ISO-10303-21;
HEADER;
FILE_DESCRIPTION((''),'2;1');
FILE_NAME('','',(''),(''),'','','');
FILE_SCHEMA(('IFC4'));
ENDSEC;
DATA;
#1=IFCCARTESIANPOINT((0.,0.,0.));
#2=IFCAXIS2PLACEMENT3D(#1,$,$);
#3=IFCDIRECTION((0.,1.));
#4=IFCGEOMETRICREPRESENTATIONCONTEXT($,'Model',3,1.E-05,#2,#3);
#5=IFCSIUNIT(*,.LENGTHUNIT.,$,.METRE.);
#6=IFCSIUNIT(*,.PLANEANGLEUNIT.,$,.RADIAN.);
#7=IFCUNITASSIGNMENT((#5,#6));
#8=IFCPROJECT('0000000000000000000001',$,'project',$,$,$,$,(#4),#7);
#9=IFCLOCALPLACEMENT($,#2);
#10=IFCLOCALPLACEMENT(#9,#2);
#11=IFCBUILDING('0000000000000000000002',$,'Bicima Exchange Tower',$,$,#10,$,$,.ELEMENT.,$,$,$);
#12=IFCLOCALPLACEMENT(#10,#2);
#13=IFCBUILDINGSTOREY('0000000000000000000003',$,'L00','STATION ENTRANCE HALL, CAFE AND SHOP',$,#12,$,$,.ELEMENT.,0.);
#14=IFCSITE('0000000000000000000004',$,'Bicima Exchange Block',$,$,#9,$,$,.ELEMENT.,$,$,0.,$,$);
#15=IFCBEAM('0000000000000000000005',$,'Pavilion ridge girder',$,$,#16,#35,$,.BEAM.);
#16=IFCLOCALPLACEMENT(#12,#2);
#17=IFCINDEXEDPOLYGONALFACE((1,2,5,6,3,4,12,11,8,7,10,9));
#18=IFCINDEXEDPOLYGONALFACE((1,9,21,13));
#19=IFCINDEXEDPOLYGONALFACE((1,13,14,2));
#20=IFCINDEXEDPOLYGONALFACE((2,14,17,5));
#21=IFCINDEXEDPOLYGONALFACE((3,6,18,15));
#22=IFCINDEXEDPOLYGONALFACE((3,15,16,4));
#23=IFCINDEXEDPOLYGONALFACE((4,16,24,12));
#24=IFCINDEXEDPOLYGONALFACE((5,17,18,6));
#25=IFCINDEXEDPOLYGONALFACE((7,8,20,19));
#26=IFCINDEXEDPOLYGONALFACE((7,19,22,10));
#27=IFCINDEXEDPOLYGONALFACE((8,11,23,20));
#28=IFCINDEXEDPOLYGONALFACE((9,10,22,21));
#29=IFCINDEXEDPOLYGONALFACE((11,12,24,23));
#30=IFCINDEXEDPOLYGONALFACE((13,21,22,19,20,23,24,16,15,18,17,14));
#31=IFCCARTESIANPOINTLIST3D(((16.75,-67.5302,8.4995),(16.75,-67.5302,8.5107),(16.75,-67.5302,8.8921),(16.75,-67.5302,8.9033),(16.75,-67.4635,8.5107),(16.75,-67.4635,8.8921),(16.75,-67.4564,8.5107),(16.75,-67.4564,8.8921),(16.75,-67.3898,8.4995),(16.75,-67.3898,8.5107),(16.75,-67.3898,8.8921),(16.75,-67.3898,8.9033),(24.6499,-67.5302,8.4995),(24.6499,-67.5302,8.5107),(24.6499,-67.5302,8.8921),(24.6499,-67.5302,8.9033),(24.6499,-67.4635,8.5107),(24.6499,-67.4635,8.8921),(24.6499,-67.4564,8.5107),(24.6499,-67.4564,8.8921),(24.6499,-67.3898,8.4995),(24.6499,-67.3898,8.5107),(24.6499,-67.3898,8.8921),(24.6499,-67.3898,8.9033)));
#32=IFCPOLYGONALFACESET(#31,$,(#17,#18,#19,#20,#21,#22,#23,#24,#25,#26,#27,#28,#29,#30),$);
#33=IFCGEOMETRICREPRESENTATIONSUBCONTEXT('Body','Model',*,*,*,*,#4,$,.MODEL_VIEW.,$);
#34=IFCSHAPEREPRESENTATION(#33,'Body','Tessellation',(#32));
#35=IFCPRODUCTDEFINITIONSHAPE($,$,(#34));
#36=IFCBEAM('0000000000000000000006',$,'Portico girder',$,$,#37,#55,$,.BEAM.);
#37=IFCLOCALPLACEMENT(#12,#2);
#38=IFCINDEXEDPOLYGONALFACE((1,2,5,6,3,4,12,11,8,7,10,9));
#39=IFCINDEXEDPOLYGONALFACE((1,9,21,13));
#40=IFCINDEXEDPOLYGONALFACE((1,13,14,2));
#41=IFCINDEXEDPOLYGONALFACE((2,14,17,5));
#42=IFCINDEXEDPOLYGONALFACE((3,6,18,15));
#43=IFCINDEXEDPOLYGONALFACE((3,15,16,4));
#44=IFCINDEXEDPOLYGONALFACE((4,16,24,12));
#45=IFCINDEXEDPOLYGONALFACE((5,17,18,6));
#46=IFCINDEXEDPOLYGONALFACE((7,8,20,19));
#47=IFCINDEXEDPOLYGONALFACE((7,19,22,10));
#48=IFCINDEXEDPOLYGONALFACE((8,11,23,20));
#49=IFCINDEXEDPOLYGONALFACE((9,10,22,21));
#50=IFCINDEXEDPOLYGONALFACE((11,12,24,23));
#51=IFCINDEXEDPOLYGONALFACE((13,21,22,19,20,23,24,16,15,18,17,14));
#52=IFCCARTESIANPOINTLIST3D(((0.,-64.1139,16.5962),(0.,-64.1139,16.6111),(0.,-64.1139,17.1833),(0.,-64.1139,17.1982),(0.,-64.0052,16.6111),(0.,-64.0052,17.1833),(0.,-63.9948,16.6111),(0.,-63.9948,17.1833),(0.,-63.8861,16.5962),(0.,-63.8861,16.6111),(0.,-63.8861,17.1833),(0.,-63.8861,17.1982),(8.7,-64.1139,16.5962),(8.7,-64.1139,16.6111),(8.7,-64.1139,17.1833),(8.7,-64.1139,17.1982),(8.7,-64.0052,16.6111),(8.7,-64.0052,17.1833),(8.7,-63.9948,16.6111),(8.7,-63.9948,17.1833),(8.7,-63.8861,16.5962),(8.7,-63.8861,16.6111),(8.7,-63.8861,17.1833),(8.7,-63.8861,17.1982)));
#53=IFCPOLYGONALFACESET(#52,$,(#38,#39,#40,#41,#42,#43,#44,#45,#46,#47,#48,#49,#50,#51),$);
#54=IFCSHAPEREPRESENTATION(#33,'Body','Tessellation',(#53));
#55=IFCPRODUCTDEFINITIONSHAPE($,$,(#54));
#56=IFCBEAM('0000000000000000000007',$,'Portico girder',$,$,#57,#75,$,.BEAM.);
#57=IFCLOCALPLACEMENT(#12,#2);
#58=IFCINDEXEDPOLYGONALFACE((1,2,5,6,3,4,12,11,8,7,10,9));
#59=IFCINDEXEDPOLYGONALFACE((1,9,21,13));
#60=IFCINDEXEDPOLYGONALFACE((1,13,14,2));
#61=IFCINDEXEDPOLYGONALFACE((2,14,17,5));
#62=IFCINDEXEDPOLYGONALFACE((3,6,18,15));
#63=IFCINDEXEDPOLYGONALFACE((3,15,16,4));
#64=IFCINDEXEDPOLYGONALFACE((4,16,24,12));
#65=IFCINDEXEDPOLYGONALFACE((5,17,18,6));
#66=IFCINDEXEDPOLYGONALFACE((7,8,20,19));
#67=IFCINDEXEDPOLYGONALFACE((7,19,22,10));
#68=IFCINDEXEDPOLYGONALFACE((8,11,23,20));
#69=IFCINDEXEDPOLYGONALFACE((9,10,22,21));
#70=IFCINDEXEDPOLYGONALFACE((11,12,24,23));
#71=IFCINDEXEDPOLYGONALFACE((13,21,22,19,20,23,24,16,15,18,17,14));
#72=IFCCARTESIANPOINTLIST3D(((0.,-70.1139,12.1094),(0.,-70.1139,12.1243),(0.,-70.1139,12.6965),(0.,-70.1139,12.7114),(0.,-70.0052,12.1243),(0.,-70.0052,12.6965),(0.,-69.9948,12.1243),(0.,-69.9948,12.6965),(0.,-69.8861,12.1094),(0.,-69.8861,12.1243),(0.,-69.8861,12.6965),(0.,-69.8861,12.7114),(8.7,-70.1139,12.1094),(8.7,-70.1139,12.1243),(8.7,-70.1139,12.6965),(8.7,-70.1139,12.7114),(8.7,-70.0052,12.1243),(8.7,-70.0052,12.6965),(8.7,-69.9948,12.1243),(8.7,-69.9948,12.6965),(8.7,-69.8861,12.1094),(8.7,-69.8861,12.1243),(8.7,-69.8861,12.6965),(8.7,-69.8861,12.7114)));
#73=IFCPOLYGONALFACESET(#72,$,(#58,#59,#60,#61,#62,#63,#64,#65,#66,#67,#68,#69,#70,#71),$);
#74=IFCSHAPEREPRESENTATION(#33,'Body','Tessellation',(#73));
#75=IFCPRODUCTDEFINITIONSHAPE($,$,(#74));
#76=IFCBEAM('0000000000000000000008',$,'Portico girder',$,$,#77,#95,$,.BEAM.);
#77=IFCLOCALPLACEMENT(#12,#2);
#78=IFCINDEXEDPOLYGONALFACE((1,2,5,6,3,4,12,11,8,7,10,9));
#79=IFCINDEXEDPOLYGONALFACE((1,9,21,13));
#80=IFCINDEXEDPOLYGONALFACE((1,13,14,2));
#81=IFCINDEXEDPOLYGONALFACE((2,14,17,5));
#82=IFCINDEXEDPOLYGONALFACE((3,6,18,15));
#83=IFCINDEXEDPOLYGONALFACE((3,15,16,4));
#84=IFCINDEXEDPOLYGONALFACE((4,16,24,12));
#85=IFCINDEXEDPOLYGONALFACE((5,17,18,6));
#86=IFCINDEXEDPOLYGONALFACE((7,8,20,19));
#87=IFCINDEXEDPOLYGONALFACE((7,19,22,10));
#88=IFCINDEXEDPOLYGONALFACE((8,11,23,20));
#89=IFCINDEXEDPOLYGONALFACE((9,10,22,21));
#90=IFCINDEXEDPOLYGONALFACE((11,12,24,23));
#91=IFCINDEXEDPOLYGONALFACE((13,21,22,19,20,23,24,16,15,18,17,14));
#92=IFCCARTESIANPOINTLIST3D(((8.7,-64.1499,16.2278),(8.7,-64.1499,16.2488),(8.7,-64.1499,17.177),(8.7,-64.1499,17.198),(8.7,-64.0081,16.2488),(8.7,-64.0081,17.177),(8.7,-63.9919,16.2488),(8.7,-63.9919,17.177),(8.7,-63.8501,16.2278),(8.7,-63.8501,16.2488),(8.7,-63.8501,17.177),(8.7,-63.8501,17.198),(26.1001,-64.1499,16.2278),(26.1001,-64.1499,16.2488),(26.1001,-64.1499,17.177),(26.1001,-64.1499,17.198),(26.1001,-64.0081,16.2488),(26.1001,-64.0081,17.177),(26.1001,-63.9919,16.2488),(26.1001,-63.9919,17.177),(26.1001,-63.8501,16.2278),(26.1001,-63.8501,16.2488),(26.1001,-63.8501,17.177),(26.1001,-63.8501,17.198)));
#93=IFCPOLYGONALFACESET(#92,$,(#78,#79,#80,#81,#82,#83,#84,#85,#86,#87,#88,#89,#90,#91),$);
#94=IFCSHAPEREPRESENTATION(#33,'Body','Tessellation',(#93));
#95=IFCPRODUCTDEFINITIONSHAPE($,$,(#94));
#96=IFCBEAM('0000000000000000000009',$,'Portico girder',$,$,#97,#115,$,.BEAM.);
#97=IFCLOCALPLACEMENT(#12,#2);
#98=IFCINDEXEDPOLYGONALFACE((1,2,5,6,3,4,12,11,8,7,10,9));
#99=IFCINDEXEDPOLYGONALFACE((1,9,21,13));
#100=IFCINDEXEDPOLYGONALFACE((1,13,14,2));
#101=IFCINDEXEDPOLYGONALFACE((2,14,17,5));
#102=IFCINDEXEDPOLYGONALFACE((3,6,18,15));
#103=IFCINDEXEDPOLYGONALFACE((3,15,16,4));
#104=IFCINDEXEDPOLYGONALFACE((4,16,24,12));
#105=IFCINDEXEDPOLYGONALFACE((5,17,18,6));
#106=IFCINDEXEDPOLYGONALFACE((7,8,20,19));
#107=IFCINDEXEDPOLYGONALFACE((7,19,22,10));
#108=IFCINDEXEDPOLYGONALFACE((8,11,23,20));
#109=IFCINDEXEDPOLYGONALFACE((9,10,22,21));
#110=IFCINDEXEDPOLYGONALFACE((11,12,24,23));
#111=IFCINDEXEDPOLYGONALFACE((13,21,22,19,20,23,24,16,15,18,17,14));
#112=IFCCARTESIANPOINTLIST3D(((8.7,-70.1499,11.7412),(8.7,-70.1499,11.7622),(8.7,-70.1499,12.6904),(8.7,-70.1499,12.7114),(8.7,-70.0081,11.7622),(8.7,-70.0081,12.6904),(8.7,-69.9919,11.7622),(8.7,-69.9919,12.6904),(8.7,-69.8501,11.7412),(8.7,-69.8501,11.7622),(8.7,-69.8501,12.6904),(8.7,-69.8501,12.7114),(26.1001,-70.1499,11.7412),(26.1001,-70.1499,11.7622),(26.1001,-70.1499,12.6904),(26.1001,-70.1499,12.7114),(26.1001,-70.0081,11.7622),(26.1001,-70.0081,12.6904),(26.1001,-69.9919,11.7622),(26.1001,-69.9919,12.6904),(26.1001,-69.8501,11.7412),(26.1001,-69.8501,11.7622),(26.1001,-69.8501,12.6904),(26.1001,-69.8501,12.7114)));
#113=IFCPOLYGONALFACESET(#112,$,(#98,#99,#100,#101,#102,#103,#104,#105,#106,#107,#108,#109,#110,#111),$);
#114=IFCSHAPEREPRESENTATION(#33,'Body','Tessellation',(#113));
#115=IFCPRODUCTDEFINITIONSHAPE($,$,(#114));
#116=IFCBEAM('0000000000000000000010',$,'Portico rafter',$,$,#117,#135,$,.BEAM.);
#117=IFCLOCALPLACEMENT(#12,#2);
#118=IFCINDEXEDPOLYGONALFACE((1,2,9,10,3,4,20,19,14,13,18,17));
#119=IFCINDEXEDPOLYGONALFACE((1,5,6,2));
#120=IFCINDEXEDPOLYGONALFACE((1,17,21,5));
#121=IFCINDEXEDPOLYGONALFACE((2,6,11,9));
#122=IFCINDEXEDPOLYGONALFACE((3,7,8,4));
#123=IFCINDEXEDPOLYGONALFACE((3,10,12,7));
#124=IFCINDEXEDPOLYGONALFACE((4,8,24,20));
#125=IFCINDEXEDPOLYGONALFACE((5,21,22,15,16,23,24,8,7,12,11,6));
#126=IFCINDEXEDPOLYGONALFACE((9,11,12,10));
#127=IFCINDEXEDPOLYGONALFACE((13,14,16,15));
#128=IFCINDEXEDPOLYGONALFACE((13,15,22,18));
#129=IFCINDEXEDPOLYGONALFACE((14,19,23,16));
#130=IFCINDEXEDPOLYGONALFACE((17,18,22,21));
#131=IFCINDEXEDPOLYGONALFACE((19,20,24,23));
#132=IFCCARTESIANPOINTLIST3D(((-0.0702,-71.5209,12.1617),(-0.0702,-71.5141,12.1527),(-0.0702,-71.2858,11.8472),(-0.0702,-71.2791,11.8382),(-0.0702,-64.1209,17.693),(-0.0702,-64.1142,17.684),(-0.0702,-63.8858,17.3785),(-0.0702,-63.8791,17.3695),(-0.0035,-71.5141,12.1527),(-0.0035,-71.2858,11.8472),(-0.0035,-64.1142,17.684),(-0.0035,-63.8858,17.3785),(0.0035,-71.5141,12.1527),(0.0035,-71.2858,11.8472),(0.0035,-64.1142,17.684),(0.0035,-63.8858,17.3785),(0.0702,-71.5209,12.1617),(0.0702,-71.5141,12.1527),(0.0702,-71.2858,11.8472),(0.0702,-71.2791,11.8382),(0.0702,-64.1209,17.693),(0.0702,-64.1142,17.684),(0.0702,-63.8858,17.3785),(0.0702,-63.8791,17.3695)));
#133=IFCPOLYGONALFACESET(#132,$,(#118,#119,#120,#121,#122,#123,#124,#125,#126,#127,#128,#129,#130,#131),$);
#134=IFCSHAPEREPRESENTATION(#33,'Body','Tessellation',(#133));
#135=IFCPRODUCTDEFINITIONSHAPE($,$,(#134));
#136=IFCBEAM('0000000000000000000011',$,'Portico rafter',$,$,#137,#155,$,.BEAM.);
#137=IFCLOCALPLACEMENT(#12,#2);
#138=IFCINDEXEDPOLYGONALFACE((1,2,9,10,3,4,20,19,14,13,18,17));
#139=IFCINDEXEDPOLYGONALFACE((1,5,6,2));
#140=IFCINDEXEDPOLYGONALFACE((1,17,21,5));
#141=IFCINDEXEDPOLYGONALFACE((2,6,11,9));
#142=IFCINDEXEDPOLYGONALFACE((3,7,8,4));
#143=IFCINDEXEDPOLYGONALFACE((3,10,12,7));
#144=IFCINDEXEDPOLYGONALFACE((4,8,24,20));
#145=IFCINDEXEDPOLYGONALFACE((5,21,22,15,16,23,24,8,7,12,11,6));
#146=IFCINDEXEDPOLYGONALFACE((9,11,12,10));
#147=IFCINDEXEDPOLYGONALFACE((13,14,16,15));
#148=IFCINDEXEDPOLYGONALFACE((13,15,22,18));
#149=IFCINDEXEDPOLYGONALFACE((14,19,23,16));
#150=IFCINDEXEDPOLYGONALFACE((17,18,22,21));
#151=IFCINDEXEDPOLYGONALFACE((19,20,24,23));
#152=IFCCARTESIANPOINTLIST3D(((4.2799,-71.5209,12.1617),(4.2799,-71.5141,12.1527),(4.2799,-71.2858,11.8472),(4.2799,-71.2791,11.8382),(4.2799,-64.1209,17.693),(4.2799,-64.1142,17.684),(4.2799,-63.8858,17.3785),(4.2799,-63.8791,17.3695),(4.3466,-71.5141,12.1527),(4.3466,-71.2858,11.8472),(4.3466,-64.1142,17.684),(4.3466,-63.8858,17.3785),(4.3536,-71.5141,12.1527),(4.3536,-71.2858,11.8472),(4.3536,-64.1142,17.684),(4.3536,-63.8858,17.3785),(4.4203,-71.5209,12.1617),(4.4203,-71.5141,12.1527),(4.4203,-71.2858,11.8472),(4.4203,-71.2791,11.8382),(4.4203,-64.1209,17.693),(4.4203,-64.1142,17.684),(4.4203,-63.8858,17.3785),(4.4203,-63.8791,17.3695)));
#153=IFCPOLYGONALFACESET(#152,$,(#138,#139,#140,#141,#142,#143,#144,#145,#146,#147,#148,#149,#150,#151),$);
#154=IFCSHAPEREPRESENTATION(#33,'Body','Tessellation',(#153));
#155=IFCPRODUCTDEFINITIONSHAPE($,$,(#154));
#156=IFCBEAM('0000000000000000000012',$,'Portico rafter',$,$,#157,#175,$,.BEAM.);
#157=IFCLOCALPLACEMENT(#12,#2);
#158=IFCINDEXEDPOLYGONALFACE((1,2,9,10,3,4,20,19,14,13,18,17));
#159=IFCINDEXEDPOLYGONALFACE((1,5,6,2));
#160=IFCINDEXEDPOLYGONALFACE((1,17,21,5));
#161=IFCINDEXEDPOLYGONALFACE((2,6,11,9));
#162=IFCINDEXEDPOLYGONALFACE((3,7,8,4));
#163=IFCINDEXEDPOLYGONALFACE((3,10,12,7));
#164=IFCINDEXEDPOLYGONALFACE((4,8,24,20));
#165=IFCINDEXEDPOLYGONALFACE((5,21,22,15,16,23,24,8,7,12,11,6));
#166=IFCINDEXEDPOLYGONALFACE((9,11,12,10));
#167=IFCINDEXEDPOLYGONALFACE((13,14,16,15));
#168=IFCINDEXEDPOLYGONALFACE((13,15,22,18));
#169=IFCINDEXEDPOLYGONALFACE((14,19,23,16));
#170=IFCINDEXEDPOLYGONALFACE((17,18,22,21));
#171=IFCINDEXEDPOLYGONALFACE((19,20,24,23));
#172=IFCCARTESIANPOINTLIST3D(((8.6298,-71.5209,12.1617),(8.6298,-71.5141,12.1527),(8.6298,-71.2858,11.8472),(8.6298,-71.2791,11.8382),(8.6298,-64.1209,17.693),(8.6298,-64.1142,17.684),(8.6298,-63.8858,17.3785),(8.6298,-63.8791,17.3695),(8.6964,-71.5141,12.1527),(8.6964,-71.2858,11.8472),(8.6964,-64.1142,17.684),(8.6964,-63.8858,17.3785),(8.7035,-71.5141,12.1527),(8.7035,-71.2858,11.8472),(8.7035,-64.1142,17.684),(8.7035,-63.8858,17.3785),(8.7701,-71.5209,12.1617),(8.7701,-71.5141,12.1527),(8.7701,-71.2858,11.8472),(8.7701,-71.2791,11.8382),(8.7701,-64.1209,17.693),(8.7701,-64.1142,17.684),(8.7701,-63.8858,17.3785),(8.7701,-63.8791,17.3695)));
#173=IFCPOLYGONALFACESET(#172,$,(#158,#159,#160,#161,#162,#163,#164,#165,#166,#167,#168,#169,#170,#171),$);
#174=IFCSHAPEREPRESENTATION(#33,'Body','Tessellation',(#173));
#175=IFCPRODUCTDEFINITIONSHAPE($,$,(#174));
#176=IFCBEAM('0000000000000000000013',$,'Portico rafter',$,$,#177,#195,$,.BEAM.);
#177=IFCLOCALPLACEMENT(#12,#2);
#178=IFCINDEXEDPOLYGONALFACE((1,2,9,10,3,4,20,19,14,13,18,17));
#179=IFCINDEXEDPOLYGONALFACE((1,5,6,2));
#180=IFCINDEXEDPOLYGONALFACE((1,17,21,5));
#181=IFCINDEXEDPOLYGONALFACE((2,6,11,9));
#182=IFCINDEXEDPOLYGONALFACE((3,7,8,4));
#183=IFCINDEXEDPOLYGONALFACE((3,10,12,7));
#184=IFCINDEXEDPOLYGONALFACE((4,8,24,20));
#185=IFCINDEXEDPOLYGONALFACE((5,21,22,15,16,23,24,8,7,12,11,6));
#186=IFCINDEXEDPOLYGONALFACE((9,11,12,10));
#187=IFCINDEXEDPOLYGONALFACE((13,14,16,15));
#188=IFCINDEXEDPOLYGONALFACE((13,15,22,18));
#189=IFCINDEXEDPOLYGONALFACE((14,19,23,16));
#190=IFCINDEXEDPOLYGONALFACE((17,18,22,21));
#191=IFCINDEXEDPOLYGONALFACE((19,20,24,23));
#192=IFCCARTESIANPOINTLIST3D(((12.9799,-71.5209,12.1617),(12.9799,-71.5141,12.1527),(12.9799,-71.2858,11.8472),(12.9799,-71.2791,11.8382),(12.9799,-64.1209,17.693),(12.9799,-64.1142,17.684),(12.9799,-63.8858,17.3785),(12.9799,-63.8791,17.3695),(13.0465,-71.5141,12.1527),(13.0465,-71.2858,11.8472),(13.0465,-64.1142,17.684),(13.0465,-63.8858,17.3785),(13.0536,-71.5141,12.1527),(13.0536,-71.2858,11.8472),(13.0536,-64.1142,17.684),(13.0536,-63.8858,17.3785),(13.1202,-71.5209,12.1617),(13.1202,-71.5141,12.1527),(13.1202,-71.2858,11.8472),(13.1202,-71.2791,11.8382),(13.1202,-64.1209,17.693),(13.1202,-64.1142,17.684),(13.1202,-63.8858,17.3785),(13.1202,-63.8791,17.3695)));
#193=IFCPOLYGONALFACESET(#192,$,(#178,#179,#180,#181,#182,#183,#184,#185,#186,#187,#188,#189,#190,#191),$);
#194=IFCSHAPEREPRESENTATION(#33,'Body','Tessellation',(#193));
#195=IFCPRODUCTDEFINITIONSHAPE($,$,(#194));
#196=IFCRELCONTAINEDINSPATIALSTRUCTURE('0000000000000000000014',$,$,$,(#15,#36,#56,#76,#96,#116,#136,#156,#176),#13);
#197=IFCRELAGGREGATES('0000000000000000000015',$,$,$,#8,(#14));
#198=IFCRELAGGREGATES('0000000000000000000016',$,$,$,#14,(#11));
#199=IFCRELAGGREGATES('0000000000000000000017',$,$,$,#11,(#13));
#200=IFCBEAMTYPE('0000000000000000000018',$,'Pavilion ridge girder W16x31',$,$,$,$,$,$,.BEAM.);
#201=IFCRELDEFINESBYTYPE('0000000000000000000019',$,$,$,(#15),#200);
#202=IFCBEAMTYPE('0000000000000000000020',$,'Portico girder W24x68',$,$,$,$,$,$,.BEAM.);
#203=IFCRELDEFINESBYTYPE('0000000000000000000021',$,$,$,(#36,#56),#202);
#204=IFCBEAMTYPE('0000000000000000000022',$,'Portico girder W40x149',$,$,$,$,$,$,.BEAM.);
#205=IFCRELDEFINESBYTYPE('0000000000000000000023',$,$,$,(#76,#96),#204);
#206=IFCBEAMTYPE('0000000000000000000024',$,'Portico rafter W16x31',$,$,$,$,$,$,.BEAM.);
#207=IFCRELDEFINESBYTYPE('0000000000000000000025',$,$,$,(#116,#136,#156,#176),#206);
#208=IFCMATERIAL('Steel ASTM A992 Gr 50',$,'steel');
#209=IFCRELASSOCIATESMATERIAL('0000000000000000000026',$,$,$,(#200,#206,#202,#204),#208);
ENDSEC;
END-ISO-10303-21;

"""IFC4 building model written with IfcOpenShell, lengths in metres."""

from ifc_helpers import new_model, si_unit, direction, frame, origin, origin_2d, place, context, subcontext, project, spatial, i_section, extrude, material, material_profile, profile_set, type_object, element, save


model = new_model("IFC4")

# Units and contexts
model_context = context("Model", 3, precision=1e-05, world=origin(), true_north=direction((0.0, 1.0)))
body_context = subcontext(model_context, "Body", "Model", "MODEL_VIEW")
ifc_project = project(units=[si_unit("LENGTHUNIT", "METRE"), si_unit("PLANEANGLEUNIT", "RADIAN")], contexts=[model_context])

# Site, building, storey
site_placement = place(None, origin())
site = spatial("IfcSite", under=ifc_project, at=site_placement, Name="Bicima Exchange Block", CompositionType="ELEMENT", RefElevation=0.0)
building_placement = place(site_placement, origin())
building = spatial("IfcBuilding", under=site, at=building_placement, Name="Bicima Exchange Tower", CompositionType="ELEMENT")
storey_placement = place(building_placement, origin())
storey = spatial("IfcBuildingStorey", under=building, at=storey_placement, Name="L00", Description="STATION ENTRANCE HALL, CAFE AND SHOP", CompositionType="ELEMENT", Elevation=0.0)

# Beams
ifc_material_1 = material(Name="Steel ASTM A992 Gr 50", Category="steel")
ifc_material_profile_1 = material_profile(ifc_material_1, i_section(OverallWidth=0.1404, OverallDepth=0.4038, WebThickness=0.0071, FlangeThickness=0.0112, at=origin_2d()))
ifc_profile_set_1 = profile_set([ifc_material_profile_1], Name="Steel ASTM A992 Gr 50")
beam_type_1 = type_object("IfcBeamType", Name="Pavilion ridge girder W16x31", PredefinedType="BEAM", material=ifc_profile_set_1)
beam_1_placement = place(storey_placement, frame((16.75, -67.46, 8.7014), z_axis=(1.0, 0.0, 0.0), x_axis=(0.0, 1.0, 0.0)))
element("IfcBeam", 1, at=beam_1_placement, inside=storey, type_object=beam_type_1, Name="Pavilion ridge girder", PredefinedType="BEAM", context=body_context, shape_type="SweptSolid", body=[
    extrude(i_section(OverallWidth=0.1404, OverallDepth=0.4038, WebThickness=0.0071, FlangeThickness=0.0112, at=origin_2d()), origin(), (0.0, 0.0, 1.0), 7.8999),
])
ifc_material_profile_2 = material_profile(ifc_material_1, i_section(OverallWidth=0.2278, OverallDepth=0.6021, WebThickness=0.0105, FlangeThickness=0.0149, at=origin_2d()))
ifc_profile_set_2 = profile_set([ifc_material_profile_2], Name="Steel ASTM A992 Gr 50")
beam_type_2 = type_object("IfcBeamType", Name="Portico girder W24x68", PredefinedType="BEAM", material=ifc_profile_set_2)
for number, where, z_axis, x_axis, name in (
    (2, (0.0, -64.0, 16.8972), (1.0, 0.0, 0.0), (0.0, 1.0, 0.0), "Portico girder"),
    (3, (0.0, -70.0, 12.4104), (1.0, 0.0, 0.0), (0.0, 1.0, 0.0), "Portico girder"),
):
    element("IfcBeam", number, at=place(storey_placement, frame(where, z_axis=z_axis, x_axis=x_axis)), inside=storey, type_object=beam_type_2, Name=name, PredefinedType="BEAM", context=body_context, shape_type="SweptSolid", body=[
        extrude(i_section(OverallWidth=0.2278, OverallDepth=0.6021, WebThickness=0.0105, FlangeThickness=0.0149, at=origin_2d()), origin(), (0.0, 0.0, 1.0), 8.7),
    ])
ifc_material_profile_3 = material_profile(ifc_material_1, i_section(OverallWidth=0.2998, OverallDepth=0.9702, WebThickness=0.0161, FlangeThickness=0.021, at=origin_2d()))
ifc_profile_set_3 = profile_set([ifc_material_profile_3], Name="Steel ASTM A992 Gr 50")
beam_type_3 = type_object("IfcBeamType", Name="Portico girder W40x149", PredefinedType="BEAM", material=ifc_profile_set_3)
for number, where, z_axis, x_axis, name in (
    (4, (8.7, -64.0, 16.7129), (1.0, 0.0, 0.0), (0.0, 1.0, 0.0), "Portico girder"),
    (5, (8.7, -70.0, 12.2263), (1.0, 0.0, 0.0), (0.0, 1.0, 0.0), "Portico girder"),
):
    element("IfcBeam", number, at=place(storey_placement, frame(where, z_axis=z_axis, x_axis=x_axis)), inside=storey, type_object=beam_type_3, Name=name, PredefinedType="BEAM", context=body_context, shape_type="SweptSolid", body=[
        extrude(i_section(OverallWidth=0.2998, OverallDepth=0.9702, WebThickness=0.0161, FlangeThickness=0.021, at=origin_2d()), origin(), (0.0, 0.0, 1.0), 17.4001),
    ])
beam_type_4 = type_object("IfcBeamType", Name="Portico rafter W16x31", PredefinedType="BEAM", material=ifc_profile_set_1)
for number, where, z_axis, x_axis, name in (
    (6, (0.0, -64.0, 17.5312), (0.0, -0.800969, -0.598705), (1.0, 0.0, 0.0), "Portico rafter"),
    (7, (4.3501, -64.0, 17.5312), (0.0, -0.800969, -0.598705), (1.0, 0.0, 0.0), "Portico rafter"),
    (8, (8.7, -64.0, 17.5312), (0.0, -0.800969, -0.598705), (1.0, 0.0, 0.0), "Portico rafter"),
    (9, (13.05, -64.0, 17.5312), (0.0, -0.800969, -0.598705), (1.0, 0.0, 0.0), "Portico rafter"),
):
    element("IfcBeam", number, at=place(storey_placement, frame(where, z_axis=z_axis, x_axis=x_axis)), inside=storey, type_object=beam_type_4, Name=name, PredefinedType="BEAM", context=body_context, shape_type="SweptSolid", body=[
        extrude(i_section(OverallWidth=0.1404, OverallDepth=0.4038, WebThickness=0.0071, FlangeThickness=0.0112, at=origin_2d()), origin(), (0.0, 0.0, 1.0), 9.2388),
    ])

save(model, "model.ifc")
